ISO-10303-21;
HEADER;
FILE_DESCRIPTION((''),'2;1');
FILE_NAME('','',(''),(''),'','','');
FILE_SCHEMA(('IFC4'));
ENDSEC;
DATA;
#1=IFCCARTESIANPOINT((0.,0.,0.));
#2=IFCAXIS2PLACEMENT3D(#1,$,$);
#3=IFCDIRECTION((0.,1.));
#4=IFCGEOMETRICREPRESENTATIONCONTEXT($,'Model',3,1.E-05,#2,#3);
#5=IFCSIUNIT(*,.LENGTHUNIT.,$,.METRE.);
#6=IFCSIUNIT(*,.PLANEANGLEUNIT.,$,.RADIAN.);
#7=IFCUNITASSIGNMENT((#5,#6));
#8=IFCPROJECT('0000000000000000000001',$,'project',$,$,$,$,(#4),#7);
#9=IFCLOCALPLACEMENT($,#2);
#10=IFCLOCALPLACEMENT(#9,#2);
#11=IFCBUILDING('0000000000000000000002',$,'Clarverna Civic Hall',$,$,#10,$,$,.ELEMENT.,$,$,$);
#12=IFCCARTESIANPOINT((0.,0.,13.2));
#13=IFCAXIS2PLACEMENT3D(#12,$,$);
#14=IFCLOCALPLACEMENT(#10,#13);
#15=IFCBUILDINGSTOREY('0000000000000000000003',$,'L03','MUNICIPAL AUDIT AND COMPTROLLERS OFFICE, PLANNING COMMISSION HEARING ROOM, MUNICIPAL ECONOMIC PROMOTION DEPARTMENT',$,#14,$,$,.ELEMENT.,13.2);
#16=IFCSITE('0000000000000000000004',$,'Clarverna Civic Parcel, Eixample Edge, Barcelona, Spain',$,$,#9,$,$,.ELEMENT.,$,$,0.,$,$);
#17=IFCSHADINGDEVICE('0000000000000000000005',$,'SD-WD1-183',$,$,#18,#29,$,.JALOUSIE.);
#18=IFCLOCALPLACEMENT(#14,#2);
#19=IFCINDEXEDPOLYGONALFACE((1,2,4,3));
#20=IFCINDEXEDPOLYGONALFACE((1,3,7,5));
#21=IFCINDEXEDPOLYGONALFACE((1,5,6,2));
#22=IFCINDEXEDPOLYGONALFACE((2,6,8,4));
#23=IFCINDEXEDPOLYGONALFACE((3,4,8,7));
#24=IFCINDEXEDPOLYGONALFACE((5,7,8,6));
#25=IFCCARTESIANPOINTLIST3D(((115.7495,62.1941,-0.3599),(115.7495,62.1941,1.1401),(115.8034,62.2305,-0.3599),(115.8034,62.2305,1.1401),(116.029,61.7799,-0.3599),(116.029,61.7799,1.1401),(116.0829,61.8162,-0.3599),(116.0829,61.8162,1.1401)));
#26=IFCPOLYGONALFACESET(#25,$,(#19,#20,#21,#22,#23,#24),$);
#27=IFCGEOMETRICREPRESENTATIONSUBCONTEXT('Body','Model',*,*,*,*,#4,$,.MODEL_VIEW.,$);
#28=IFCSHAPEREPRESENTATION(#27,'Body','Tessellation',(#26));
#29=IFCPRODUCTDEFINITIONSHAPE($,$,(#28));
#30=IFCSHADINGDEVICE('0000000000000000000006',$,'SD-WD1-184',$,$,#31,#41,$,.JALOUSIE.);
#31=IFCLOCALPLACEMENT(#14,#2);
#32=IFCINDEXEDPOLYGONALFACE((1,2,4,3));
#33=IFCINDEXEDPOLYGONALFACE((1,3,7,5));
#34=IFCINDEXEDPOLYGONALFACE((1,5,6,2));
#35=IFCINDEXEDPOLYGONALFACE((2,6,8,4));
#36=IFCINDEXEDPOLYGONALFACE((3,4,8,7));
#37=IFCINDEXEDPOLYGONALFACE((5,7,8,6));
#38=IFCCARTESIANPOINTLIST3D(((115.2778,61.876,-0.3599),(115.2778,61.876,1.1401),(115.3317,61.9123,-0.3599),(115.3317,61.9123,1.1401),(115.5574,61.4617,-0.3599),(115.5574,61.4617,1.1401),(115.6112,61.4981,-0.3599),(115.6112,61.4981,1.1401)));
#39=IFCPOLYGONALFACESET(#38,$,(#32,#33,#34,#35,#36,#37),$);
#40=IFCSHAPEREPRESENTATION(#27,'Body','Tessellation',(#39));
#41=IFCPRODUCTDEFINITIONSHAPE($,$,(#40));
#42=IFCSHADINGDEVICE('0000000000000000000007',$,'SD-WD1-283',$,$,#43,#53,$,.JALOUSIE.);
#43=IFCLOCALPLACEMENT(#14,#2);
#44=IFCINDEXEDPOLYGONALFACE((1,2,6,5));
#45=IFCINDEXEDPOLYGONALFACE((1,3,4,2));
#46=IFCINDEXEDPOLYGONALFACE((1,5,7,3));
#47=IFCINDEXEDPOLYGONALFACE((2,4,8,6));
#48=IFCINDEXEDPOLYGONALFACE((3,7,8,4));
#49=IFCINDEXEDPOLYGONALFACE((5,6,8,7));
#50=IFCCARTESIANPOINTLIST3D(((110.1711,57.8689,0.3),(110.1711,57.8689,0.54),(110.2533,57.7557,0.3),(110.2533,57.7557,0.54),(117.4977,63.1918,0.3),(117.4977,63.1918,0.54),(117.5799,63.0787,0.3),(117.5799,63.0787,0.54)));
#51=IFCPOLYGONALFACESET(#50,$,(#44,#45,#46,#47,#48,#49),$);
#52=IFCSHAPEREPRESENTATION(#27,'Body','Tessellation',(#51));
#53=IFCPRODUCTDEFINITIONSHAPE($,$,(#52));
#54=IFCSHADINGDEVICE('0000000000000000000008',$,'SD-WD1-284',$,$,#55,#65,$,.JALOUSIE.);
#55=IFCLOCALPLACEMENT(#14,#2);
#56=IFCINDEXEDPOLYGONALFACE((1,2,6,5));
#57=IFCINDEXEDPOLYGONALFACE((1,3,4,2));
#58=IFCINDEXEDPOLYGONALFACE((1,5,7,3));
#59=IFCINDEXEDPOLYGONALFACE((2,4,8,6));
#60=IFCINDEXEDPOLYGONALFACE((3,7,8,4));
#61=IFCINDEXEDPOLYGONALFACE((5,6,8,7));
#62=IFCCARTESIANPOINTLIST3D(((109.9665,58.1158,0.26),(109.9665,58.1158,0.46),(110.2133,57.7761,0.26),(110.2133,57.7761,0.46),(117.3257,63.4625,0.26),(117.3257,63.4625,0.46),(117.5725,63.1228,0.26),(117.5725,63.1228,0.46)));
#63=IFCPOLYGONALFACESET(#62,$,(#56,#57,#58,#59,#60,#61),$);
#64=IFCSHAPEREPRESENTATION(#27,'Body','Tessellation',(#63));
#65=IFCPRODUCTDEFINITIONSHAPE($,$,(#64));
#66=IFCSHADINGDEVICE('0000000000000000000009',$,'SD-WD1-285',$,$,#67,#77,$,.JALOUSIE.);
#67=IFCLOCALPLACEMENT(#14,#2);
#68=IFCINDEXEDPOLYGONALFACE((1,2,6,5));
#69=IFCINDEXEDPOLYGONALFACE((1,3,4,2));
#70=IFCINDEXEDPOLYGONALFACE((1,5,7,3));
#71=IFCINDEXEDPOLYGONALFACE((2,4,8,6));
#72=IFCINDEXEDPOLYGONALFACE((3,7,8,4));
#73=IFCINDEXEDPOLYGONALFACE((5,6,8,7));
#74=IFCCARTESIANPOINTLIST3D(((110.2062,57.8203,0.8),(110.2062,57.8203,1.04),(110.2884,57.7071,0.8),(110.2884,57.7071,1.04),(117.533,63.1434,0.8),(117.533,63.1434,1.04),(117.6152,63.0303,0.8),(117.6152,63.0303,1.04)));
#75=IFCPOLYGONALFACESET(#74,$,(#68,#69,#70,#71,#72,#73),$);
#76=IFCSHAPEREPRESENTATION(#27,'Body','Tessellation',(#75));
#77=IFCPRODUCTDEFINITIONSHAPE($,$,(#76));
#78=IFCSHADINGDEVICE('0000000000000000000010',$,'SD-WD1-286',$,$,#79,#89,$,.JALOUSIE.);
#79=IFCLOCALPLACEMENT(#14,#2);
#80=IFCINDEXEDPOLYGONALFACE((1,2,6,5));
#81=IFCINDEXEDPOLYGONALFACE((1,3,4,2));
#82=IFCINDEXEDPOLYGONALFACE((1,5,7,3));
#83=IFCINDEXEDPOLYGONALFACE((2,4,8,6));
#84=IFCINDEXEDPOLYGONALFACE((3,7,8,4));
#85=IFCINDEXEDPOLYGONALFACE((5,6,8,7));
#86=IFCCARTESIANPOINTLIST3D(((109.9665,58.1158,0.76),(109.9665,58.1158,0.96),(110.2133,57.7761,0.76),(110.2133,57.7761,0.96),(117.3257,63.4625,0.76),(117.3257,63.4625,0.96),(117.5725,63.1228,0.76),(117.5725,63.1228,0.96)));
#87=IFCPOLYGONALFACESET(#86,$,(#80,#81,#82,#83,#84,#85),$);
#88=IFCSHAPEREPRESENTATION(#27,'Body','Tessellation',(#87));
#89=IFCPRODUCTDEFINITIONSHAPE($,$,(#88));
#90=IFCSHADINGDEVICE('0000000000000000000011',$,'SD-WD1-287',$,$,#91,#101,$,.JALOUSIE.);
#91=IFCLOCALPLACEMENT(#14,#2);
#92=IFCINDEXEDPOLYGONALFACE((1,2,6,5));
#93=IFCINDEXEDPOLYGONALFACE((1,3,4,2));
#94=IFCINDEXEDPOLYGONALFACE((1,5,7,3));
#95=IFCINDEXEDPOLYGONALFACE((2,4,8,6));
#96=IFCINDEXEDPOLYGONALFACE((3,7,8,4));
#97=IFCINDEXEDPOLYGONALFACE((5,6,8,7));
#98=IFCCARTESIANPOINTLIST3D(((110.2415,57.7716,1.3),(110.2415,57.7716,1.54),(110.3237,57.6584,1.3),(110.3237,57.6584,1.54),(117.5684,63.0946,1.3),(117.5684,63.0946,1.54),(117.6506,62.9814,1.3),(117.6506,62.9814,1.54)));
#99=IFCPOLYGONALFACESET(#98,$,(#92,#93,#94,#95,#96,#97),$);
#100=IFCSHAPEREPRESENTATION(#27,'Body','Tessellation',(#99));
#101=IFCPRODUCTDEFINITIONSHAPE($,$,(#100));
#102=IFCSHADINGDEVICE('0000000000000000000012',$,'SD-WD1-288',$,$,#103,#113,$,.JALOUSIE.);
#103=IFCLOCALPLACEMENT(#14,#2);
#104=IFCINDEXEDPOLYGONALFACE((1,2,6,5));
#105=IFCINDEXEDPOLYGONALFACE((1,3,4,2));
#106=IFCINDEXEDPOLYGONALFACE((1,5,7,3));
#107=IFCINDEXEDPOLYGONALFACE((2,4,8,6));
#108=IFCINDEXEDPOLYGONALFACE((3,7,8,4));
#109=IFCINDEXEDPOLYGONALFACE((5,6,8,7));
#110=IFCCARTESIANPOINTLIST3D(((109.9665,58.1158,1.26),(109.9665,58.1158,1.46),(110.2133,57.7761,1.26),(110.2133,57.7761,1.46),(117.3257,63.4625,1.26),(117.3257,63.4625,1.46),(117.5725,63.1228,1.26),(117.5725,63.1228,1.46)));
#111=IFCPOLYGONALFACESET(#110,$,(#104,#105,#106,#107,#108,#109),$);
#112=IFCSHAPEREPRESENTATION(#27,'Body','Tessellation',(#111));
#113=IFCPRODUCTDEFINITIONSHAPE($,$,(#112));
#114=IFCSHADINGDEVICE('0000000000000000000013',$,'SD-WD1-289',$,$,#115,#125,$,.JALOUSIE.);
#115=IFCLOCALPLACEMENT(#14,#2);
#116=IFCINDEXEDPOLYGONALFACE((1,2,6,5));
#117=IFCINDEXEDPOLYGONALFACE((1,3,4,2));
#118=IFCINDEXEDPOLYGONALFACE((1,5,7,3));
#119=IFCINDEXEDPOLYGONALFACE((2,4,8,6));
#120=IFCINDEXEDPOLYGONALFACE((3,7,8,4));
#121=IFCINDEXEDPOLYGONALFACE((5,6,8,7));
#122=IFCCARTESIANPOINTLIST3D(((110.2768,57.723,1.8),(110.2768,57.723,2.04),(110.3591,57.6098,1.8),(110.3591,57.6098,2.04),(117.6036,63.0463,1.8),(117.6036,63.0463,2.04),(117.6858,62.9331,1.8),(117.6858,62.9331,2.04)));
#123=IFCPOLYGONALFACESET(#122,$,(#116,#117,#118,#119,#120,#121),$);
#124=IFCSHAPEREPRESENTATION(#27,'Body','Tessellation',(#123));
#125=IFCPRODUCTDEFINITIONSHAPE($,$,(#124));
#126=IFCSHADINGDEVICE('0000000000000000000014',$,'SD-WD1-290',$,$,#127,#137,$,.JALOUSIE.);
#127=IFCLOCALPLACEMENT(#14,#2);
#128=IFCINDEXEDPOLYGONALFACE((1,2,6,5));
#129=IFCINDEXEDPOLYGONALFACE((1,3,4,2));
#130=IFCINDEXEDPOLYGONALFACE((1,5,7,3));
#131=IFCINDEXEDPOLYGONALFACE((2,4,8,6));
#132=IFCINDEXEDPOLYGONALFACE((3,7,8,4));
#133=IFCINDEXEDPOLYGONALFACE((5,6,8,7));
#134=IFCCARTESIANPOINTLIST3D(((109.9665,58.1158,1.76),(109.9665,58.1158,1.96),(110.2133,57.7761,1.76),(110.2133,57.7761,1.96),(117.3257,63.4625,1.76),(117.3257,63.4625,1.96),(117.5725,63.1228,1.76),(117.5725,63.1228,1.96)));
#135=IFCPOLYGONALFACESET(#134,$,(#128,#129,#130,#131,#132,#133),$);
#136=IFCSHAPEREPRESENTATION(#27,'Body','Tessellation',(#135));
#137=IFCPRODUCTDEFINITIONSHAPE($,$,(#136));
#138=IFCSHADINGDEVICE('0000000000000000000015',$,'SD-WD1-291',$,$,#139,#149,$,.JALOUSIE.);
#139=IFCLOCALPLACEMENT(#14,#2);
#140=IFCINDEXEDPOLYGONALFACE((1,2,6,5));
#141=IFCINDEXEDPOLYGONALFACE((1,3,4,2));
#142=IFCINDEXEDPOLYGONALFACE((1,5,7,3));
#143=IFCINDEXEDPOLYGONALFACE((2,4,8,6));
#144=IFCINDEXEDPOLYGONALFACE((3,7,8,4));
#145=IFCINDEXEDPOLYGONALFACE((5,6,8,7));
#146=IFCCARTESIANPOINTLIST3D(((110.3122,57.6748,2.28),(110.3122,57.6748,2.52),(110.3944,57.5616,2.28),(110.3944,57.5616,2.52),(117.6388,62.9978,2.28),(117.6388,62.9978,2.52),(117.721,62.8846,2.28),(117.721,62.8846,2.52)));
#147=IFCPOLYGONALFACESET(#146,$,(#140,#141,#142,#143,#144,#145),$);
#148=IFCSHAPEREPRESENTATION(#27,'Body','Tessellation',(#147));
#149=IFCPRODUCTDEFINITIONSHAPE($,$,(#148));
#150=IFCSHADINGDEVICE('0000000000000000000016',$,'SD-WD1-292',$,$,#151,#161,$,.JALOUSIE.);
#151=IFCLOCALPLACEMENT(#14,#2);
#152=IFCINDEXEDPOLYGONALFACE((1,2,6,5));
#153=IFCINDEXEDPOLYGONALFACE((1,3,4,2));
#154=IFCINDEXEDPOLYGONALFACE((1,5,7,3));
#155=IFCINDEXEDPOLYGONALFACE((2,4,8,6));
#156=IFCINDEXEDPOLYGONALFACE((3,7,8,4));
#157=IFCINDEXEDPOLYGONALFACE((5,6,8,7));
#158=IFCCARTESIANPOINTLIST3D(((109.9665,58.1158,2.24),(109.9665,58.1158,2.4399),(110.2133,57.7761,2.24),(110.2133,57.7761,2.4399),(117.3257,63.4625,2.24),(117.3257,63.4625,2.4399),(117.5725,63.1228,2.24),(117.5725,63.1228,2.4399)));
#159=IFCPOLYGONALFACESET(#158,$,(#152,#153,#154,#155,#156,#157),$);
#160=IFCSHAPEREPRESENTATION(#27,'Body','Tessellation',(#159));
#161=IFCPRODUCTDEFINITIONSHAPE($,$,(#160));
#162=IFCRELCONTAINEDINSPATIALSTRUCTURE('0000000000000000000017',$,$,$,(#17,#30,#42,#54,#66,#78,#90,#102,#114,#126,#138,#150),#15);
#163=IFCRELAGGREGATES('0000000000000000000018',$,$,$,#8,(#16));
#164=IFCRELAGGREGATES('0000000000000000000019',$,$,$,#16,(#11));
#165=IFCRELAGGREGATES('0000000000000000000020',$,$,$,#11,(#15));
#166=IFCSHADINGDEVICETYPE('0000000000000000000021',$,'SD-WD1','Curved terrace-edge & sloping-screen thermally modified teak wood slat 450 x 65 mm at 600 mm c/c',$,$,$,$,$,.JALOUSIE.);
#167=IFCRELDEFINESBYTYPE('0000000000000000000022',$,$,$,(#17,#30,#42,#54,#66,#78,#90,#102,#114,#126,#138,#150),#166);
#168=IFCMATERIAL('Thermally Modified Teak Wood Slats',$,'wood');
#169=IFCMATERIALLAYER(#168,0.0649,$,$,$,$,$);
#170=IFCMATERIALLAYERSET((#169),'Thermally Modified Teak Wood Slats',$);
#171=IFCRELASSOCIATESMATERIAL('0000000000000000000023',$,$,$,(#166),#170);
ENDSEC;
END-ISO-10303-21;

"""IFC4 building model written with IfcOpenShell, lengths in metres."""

from ifc_helpers import new_model, si_unit, direction, frame, frame_2d, origin, place, context, subcontext, project, spatial, rectangle, extrude, material, layer, layer_set, type_object, element, save


model = new_model("IFC4")

# Units and contexts
model_context = context("Model", 3, precision=1e-05, world=origin(), true_north=direction((0.0, 1.0)))
body_context = subcontext(model_context, "Body", "Model", "MODEL_VIEW")
ifc_project = project(units=[si_unit("LENGTHUNIT", "METRE"), si_unit("PLANEANGLEUNIT", "RADIAN")], contexts=[model_context])

# Site, building, storey
site_placement = place(None, origin())
site = spatial("IfcSite", under=ifc_project, at=site_placement, Name="Clarverna Civic Parcel, Eixample Edge, Barcelona, Spain", CompositionType="ELEMENT", RefElevation=0.0)
building_placement = place(site_placement, origin())
building = spatial("IfcBuilding", under=site, at=building_placement, Name="Clarverna Civic Hall", CompositionType="ELEMENT")
storey_placement = place(building_placement, frame((0.0, 0.0, 13.2)))
storey = spatial("IfcBuildingStorey", under=building, at=storey_placement, Name="L03", Description="MUNICIPAL AUDIT AND COMPTROLLERS OFFICE, PLANNING COMMISSION HEARING ROOM, MUNICIPAL ECONOMIC PROMOTION DEPARTMENT", CompositionType="ELEMENT", Elevation=13.2)

# Shading devices
ifc_material_1 = material(Name="Thermally Modified Teak Wood Slats", Category="wood")
ifc_layer_1 = layer(ifc_material_1, 0.0649)
ifc_layer_set_1 = layer_set([ifc_layer_1], Name="Thermally Modified Teak Wood Slats")
shading_device_type = type_object("IfcShadingDeviceType", Name="SD-WD1", Description="Curved terrace-edge & sloping-screen thermally modified teak wood slat 450 x 65 mm at 600 mm c/c", PredefinedType="JALOUSIE", material=ifc_layer_set_1)
for number, where, z_axis, x_axis, name in (
    (1, (115.7764, 62.2124, -0.3599), (0.0, 0.0, 1.0), (0.559313, -0.828956, 0.0), "SD-WD1-183"),
    (2, (115.3047, 61.8943, -0.3599), (0.0, 0.0, 1.0), (0.559313, -0.828956, 0.0), "SD-WD1-184"),
):
    element("IfcShadingDevice", number, at=place(storey_placement, frame(where, z_axis=z_axis, x_axis=x_axis)), inside=storey, type_object=shading_device_type, Name=name, PredefinedType="JALOUSIE", context=body_context, shape_type="SweptSolid", body=[
        extrude(rectangle(XDim=0.4998, YDim=0.0649, at=frame_2d((0.25, 0.0))), origin(), (0.0, 0.0, 1.0), 1.5),
    ])
shading_device_1_placement = place(storey_placement, frame((117.5388, 63.1353, 0.3), z_axis=(0.0, 0.0, 1.0), x_axis=(-0.809024, -0.587776, 0.0)))
element("IfcShadingDevice", 3, at=shading_device_1_placement, inside=storey, type_object=shading_device_type, Name="SD-WD1-283", PredefinedType="JALOUSIE", context=body_context, shape_type="SweptSolid", body=[
    extrude(rectangle(XDim=9.0562, YDim=0.1399, at=frame_2d((4.5281, 0.0))), origin(), (0.0, 0.0, 1.0), 0.24),
])
shading_device_2_placement = place(storey_placement, frame((117.4492, 63.2927, 0.26), z_axis=(0.0, 0.0, 1.0), x_axis=(-0.809019, -0.587782, 0.0)))
element("IfcShadingDevice", 4, at=shading_device_2_placement, inside=storey, type_object=shading_device_type, Name="SD-WD1-284", PredefinedType="JALOUSIE", context=body_context, shape_type="SweptSolid", body=[
    extrude(rectangle(XDim=9.0964, YDim=0.4199, at=frame_2d((4.5483, 0.0))), origin(), (0.0, 0.0, 1.0), 0.2),
])
shading_device_3_placement = place(storey_placement, frame((117.5742, 63.0869, 0.8), z_axis=(0.0, 0.0, 1.0), x_axis=(-0.80902, -0.587781, 0.0)))
element("IfcShadingDevice", 5, at=shading_device_3_placement, inside=storey, type_object=shading_device_type, Name="SD-WD1-285", PredefinedType="JALOUSIE", context=body_context, shape_type="SweptSolid", body=[
    extrude(rectangle(XDim=9.0564, YDim=0.1399, at=frame_2d((4.5283, 0.0))), origin(), (0.0, 0.0, 1.0), 0.24),
])
shading_device_4_placement = place(storey_placement, frame((117.4492, 63.2927, 0.76), z_axis=(0.0, 0.0, 1.0), x_axis=(-0.809019, -0.587782, 0.0)))
element("IfcShadingDevice", 6, at=shading_device_4_placement, inside=storey, type_object=shading_device_type, Name="SD-WD1-286", PredefinedType="JALOUSIE", context=body_context, shape_type="SweptSolid", body=[
    extrude(rectangle(XDim=9.0964, YDim=0.4199, at=frame_2d((4.5483, 0.0))), origin(), (0.0, 0.0, 1.0), 0.2),
])
shading_device_5_placement = place(storey_placement, frame((117.6096, 63.0381, 1.3), z_axis=(0.0, 0.0, 1.0), x_axis=(-0.809033, -0.587763, 0.0)))
element("IfcShadingDevice", 7, at=shading_device_5_placement, inside=storey, type_object=shading_device_type, Name="SD-WD1-287", PredefinedType="JALOUSIE", context=body_context, shape_type="SweptSolid", body=[
    extrude(rectangle(XDim=9.0564, YDim=0.1399, at=frame_2d((4.5283, 0.0))), origin(), (0.0, 0.0, 1.0), 0.24),
])
shading_device_6_placement = place(storey_placement, frame((117.4492, 63.2927, 1.26), z_axis=(0.0, 0.0, 1.0), x_axis=(-0.809019, -0.587782, 0.0)))
element("IfcShadingDevice", 8, at=shading_device_6_placement, inside=storey, type_object=shading_device_type, Name="SD-WD1-288", PredefinedType="JALOUSIE", context=body_context, shape_type="SweptSolid", body=[
    extrude(rectangle(XDim=9.0964, YDim=0.4199, at=frame_2d((4.5483, 0.0))), origin(), (0.0, 0.0, 1.0), 0.2),
])
shading_device_7_placement = place(storey_placement, frame((117.6448, 62.9897, 1.8), z_axis=(0.0, 0.0, 1.0), x_axis=(-0.809011, -0.587793, 0.0)))
element("IfcShadingDevice", 9, at=shading_device_7_placement, inside=storey, type_object=shading_device_type, Name="SD-WD1-289", PredefinedType="JALOUSIE", context=body_context, shape_type="SweptSolid", body=[
    extrude(rectangle(XDim=9.0564, YDim=0.1399, at=frame_2d((4.5283, 0.0))), origin(), (0.0, 0.0, 1.0), 0.24),
])
shading_device_8_placement = place(storey_placement, frame((117.4492, 63.2927, 1.76), z_axis=(0.0, 0.0, 1.0), x_axis=(-0.809019, -0.587782, 0.0)))
element("IfcShadingDevice", 10, at=shading_device_8_placement, inside=storey, type_object=shading_device_type, Name="SD-WD1-290", PredefinedType="JALOUSIE", context=body_context, shape_type="SweptSolid", body=[
    extrude(rectangle(XDim=9.0964, YDim=0.4199, at=frame_2d((4.5483, 0.0))), origin(), (0.0, 0.0, 1.0), 0.2),
])
shading_device_9_placement = place(storey_placement, frame((117.6799, 62.9412, 2.28), z_axis=(0.0, 0.0, 1.0), x_axis=(-0.809024, -0.587776, 0.0)))
element("IfcShadingDevice", 11, at=shading_device_9_placement, inside=storey, type_object=shading_device_type, Name="SD-WD1-291", PredefinedType="JALOUSIE", context=body_context, shape_type="SweptSolid", body=[
    extrude(rectangle(XDim=9.0562, YDim=0.1399, at=frame_2d((4.5281, 0.0))), origin(), (0.0, 0.0, 1.0), 0.24),
])
shading_device_10_placement = place(storey_placement, frame((117.4492, 63.2927, 2.24), z_axis=(0.0, 0.0, 1.0), x_axis=(-0.809019, -0.587782, 0.0)))
element("IfcShadingDevice", 12, at=shading_device_10_placement, inside=storey, type_object=shading_device_type, Name="SD-WD1-292", PredefinedType="JALOUSIE", context=body_context, shape_type="SweptSolid", body=[
    extrude(rectangle(XDim=9.0964, YDim=0.4199, at=frame_2d((4.5483, 0.0))), origin(), (0.0, 0.0, 1.0), 0.2),
])

save(model, "model.ifc")
